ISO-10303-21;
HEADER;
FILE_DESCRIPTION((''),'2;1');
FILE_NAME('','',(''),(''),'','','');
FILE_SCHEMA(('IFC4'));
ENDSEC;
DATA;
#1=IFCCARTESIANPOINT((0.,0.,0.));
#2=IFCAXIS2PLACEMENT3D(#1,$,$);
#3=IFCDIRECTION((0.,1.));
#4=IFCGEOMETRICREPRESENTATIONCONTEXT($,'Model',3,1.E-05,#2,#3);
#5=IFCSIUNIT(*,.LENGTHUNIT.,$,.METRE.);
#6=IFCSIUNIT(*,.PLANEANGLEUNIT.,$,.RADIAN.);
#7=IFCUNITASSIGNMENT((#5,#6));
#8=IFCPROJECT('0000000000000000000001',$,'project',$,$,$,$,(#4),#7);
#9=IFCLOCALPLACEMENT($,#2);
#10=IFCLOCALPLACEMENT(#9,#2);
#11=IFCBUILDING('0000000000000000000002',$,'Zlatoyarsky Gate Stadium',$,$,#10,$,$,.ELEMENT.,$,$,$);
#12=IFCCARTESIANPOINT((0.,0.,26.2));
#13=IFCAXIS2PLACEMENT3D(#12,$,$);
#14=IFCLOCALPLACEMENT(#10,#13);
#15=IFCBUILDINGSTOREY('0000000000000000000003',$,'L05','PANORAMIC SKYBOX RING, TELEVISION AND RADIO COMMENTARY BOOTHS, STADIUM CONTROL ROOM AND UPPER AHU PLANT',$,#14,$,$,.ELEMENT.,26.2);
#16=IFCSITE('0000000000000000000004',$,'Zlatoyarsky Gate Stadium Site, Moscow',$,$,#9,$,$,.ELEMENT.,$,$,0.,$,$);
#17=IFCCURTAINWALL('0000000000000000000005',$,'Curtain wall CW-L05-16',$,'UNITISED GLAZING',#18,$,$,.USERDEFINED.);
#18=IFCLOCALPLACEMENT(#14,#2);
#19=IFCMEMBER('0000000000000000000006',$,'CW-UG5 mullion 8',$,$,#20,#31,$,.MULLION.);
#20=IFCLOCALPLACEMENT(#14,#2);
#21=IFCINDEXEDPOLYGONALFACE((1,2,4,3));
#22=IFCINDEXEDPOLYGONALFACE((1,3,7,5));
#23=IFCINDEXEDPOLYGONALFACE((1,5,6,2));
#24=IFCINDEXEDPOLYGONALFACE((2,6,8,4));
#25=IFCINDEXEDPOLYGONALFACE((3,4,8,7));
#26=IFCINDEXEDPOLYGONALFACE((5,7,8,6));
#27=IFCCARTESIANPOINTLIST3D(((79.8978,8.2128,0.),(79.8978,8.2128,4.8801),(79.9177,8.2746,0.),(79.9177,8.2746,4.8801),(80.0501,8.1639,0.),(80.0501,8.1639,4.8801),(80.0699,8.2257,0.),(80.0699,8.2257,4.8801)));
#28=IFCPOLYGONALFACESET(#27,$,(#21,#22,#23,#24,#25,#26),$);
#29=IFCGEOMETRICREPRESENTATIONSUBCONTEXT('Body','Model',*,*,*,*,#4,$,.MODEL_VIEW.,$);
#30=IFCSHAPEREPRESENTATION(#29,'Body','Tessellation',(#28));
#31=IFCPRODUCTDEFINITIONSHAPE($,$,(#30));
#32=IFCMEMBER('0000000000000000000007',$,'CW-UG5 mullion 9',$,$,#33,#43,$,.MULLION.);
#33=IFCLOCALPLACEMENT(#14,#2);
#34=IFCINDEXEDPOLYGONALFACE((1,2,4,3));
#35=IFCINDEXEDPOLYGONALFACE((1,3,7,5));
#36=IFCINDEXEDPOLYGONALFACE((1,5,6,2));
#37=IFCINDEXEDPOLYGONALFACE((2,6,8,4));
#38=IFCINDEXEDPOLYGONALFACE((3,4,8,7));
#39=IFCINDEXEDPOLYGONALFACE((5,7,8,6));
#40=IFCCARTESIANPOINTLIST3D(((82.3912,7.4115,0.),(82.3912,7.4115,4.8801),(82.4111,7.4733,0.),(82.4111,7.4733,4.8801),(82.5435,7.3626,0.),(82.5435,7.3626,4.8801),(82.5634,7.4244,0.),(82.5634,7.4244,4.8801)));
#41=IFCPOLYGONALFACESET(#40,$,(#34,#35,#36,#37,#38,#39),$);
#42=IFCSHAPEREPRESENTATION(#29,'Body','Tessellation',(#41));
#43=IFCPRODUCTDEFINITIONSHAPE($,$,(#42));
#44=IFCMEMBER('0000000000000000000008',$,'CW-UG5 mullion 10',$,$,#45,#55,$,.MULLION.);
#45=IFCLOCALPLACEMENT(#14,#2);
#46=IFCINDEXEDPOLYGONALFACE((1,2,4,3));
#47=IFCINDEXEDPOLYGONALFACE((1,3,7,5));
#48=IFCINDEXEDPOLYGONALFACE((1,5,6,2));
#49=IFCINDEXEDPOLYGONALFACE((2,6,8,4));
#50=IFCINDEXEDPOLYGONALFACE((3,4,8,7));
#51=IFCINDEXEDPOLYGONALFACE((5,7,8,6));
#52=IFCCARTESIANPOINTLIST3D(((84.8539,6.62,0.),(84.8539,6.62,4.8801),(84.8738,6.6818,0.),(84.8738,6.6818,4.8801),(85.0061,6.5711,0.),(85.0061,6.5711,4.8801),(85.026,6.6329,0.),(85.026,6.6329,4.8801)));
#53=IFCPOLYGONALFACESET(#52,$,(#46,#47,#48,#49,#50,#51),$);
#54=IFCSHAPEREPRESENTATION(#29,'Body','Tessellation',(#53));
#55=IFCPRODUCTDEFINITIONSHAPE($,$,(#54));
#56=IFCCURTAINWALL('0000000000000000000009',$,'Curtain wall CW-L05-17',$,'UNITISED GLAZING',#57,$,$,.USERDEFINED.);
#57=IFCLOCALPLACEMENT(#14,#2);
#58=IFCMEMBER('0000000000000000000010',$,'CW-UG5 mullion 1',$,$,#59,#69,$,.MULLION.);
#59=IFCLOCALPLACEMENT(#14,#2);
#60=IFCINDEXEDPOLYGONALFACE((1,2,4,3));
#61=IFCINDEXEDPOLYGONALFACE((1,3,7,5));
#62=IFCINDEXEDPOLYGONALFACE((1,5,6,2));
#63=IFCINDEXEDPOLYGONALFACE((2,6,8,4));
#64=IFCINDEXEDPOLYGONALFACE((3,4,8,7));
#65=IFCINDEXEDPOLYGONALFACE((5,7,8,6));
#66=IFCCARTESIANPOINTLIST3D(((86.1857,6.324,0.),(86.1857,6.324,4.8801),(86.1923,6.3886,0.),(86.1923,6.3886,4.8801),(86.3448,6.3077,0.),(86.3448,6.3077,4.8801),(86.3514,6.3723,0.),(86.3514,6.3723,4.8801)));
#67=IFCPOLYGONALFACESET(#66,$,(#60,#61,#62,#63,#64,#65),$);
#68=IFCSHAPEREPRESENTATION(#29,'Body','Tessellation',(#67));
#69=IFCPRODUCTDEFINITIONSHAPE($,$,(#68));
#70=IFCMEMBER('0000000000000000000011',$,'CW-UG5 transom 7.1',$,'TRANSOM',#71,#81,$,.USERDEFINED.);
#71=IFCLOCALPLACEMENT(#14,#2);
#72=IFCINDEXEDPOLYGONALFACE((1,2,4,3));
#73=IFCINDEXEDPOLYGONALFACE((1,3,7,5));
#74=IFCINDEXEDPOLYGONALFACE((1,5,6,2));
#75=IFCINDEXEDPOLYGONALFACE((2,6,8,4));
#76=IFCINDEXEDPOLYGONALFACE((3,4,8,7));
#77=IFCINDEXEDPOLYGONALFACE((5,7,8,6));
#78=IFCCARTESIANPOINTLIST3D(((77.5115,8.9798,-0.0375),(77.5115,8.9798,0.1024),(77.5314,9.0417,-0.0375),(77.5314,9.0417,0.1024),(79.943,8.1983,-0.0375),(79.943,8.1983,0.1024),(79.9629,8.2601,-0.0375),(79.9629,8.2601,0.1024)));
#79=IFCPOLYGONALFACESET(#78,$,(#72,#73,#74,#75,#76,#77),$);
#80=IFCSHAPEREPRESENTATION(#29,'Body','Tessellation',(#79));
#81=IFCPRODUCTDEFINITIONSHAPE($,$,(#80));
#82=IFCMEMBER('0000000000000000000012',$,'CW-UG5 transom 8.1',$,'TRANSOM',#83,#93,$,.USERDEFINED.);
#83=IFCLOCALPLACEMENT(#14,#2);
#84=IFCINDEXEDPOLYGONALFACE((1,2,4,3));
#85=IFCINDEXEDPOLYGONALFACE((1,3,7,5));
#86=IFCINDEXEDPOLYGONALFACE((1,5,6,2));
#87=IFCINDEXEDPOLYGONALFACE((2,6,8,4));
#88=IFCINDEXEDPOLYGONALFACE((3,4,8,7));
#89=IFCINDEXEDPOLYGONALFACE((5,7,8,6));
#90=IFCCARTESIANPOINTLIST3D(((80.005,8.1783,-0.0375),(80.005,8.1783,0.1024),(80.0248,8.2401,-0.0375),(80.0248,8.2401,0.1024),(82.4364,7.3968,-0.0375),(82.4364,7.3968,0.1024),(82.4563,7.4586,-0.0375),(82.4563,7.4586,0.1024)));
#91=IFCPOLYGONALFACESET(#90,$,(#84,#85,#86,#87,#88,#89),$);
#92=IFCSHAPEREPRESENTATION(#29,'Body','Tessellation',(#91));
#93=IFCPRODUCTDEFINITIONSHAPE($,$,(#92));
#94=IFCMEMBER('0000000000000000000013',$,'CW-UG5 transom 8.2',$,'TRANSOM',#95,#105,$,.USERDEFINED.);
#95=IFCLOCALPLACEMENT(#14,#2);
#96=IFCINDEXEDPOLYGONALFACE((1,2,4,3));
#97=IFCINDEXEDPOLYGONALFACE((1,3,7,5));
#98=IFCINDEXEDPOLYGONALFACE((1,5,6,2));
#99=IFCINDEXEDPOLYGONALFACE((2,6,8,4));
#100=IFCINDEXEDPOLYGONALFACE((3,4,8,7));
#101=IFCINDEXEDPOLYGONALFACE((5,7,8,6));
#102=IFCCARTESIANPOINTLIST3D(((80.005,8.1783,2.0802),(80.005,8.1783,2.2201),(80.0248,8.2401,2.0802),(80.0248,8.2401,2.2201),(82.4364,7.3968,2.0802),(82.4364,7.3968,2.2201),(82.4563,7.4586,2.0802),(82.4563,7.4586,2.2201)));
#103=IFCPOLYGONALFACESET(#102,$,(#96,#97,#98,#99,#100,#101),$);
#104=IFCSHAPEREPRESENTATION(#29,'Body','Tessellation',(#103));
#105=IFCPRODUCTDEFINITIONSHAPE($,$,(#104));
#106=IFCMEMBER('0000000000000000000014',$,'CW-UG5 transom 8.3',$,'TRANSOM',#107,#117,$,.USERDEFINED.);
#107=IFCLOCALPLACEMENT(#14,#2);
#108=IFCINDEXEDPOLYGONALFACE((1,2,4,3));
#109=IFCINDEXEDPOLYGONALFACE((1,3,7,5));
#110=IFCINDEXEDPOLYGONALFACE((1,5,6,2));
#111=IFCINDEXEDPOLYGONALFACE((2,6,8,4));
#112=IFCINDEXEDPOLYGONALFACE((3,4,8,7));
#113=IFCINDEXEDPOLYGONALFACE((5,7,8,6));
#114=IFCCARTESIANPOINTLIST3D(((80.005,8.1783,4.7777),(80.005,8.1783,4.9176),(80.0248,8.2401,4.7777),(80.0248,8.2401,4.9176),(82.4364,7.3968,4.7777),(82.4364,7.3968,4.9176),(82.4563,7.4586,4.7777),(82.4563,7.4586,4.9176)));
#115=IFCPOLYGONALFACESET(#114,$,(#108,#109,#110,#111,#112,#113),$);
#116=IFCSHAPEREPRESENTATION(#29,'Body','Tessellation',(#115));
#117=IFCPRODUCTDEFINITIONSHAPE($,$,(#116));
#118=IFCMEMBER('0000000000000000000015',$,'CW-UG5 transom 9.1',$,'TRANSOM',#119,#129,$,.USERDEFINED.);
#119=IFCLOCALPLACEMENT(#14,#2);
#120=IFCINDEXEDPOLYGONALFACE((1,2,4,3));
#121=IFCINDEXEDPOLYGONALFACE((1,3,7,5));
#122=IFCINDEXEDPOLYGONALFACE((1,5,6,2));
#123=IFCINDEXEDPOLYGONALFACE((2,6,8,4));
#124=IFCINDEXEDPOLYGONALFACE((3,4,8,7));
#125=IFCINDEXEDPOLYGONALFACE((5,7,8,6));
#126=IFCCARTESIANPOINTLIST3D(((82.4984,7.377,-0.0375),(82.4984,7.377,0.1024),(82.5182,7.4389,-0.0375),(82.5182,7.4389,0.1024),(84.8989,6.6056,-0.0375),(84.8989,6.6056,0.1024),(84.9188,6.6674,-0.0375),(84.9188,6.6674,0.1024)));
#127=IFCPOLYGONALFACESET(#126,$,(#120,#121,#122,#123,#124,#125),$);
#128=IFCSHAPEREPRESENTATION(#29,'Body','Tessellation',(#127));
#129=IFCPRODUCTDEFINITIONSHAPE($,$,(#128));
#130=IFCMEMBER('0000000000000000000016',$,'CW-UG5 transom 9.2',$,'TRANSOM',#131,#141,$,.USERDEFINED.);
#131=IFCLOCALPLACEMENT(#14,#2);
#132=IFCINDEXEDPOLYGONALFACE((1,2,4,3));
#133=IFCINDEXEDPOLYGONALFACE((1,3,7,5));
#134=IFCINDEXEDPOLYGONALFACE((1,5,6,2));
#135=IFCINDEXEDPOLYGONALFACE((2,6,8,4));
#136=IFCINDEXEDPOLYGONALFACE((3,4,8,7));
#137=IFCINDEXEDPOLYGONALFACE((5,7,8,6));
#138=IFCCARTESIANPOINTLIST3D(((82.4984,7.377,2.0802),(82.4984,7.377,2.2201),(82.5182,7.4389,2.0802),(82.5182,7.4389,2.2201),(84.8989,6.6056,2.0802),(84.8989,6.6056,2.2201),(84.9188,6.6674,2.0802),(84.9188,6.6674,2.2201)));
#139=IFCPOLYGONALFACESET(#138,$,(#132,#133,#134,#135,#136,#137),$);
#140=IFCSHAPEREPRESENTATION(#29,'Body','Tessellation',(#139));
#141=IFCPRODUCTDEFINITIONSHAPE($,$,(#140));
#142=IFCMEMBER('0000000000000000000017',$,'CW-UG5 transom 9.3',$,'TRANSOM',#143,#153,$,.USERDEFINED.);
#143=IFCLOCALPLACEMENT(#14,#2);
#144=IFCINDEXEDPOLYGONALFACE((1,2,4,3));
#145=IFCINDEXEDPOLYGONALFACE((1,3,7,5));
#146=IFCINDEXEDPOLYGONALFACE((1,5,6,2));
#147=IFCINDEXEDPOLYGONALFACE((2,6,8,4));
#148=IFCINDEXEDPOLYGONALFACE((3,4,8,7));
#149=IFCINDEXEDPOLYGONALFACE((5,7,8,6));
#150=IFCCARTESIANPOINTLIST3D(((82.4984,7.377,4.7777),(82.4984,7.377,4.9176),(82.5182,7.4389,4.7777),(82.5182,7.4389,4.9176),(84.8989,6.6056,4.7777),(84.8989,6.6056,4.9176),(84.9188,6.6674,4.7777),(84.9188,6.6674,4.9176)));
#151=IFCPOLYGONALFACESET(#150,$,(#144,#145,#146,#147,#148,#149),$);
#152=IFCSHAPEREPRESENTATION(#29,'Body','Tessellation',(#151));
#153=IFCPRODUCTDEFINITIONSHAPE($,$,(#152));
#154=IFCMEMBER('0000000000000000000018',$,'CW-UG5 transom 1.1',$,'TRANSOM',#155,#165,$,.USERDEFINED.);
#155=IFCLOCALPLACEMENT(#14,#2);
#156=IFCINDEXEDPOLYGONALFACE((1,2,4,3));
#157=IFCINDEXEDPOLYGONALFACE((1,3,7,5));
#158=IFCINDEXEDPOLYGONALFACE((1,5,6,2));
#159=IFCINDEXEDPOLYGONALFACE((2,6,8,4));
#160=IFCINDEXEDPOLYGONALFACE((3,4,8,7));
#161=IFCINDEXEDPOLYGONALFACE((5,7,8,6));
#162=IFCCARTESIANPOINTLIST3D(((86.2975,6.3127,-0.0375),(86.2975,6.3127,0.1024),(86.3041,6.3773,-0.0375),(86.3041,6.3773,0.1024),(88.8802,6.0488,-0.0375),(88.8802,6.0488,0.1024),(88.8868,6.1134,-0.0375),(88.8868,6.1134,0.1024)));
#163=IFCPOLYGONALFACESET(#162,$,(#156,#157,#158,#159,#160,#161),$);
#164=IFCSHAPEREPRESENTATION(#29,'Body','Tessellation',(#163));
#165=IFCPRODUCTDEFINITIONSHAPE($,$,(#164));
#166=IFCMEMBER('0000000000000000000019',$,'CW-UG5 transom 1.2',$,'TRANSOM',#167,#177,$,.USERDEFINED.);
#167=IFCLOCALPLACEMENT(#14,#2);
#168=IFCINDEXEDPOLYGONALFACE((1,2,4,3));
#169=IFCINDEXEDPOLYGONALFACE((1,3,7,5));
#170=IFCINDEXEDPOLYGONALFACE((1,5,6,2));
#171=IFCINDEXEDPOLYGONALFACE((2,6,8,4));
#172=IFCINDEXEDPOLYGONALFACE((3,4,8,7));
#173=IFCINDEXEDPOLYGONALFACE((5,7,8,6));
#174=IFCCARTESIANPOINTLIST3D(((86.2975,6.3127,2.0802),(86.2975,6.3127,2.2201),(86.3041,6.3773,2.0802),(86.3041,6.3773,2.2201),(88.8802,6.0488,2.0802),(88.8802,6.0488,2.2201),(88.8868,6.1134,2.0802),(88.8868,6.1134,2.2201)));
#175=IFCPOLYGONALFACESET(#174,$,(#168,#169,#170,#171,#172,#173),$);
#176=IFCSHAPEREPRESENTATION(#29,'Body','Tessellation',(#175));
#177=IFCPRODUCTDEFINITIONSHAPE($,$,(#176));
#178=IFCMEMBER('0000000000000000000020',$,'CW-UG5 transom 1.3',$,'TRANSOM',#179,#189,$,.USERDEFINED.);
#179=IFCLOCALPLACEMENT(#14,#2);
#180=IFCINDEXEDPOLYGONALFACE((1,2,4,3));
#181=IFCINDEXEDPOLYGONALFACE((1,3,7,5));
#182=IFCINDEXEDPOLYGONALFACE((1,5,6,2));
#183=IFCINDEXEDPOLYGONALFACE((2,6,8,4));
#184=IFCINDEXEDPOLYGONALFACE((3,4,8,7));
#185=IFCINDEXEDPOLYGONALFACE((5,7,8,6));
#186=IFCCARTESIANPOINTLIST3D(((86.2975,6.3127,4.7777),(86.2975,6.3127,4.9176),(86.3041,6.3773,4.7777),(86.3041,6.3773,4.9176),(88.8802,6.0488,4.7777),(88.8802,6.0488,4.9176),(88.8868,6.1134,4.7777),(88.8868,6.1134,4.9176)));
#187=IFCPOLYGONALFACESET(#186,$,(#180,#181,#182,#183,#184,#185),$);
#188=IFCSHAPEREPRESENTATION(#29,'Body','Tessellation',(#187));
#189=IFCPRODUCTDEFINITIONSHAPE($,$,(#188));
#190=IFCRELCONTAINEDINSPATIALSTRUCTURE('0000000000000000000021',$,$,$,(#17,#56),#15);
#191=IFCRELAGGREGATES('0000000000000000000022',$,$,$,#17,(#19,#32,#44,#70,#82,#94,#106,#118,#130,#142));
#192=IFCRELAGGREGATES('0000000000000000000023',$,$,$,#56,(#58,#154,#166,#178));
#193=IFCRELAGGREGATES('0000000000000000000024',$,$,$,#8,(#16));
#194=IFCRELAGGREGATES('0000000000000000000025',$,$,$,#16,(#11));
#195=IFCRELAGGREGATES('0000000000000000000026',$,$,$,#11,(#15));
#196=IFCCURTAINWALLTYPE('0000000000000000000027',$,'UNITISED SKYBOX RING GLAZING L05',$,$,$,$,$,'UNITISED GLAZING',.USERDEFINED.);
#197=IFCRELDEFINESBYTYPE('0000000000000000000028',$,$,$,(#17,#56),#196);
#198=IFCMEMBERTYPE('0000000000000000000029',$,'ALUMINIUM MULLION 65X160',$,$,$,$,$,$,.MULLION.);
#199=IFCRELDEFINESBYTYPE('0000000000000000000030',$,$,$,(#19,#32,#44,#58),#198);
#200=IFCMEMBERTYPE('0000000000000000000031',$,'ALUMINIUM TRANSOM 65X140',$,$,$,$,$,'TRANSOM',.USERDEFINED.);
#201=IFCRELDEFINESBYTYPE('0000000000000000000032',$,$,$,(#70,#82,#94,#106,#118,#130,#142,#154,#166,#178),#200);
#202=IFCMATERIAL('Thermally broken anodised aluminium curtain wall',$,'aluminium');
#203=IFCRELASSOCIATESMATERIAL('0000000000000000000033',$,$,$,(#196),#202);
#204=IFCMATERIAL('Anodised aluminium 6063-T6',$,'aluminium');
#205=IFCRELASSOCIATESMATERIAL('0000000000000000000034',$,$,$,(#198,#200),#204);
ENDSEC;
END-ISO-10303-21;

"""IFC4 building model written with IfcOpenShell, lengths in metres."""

from ifc_helpers import new_model, si_unit, direction, frame, origin, origin_2d, place, context, subcontext, project, spatial, rectangle, extrude, material, material_profile, profile_set, type_object, element, aggregate, save


model = new_model("IFC4")

# Units and contexts
model_context = context("Model", 3, precision=1e-05, world=origin(), true_north=direction((0.0, 1.0)))
body_context = subcontext(model_context, "Body", "Model", "MODEL_VIEW")
ifc_project = project(units=[si_unit("LENGTHUNIT", "METRE"), si_unit("PLANEANGLEUNIT", "RADIAN")], contexts=[model_context])

# Site, building, storey
site_placement = place(None, origin())
site = spatial("IfcSite", under=ifc_project, at=site_placement, Name="Zlatoyarsky Gate Stadium Site, Moscow", CompositionType="ELEMENT", RefElevation=0.0)
building_placement = place(site_placement, origin())
building = spatial("IfcBuilding", under=site, at=building_placement, Name="Zlatoyarsky Gate Stadium", CompositionType="ELEMENT")
storey_placement = place(building_placement, frame((0.0, 0.0, 26.2)))
storey = spatial("IfcBuildingStorey", under=building, at=storey_placement, Name="L05", Description="PANORAMIC SKYBOX RING, TELEVISION AND RADIO COMMENTARY BOOTHS, STADIUM CONTROL ROOM AND UPPER AHU PLANT", CompositionType="ELEMENT", Elevation=26.2)

# Curtain wall, members
ifc_material_1 = material(Name="Thermally broken anodised aluminium curtain wall", Category="aluminium")
curtain_wall_type = type_object("IfcCurtainWallType", Name="UNITISED SKYBOX RING GLAZING L05", ElementType="UNITISED GLAZING", PredefinedType="USERDEFINED", material=ifc_material_1)
curtain_wall_1_placement = place(storey_placement, origin())
curtain_wall_1 = element("IfcCurtainWall", 1, at=curtain_wall_1_placement, inside=storey, type_object=curtain_wall_type, Name="Curtain wall CW-L05-16", ObjectType="UNITISED GLAZING", PredefinedType="USERDEFINED")
ifc_material_2 = material(Name="Anodised aluminium 6063-T6", Category="aluminium")
ifc_material_profile_1 = material_profile(ifc_material_2, rectangle(XDim=0.0649, YDim=0.1599, at=origin_2d()), Name="ALU 65X160")
ifc_profile_set_1 = profile_set([ifc_material_profile_1], Name="Anodised aluminium 6063-T6")
member_type_1 = type_object("IfcMemberType", Name="ALUMINIUM MULLION 65X160", PredefinedType="MULLION", material=ifc_profile_set_1)
member_1_placement = place(storey_placement, frame((79.9839, 8.2192, 0.0), z_axis=(0.0, 0.0, 1.0), x_axis=(0.305978, 0.952039, 0.0)))
member_1 = element("IfcMember", 2, at=member_1_placement, type_object=member_type_1, Name="CW-UG5 mullion 8", PredefinedType="MULLION", context=body_context, shape_type="SweptSolid", body=[
    extrude(rectangle(XDim=0.0649, YDim=0.1599, at=origin_2d()), origin(), (0.0, 0.0, 1.0), 4.8801),
])
member_2_placement = place(storey_placement, frame((82.4773, 7.418, 0.0), z_axis=(0.0, 0.0, 1.0), x_axis=(0.305978, 0.952039, 0.0)))
member_2 = element("IfcMember", 3, at=member_2_placement, type_object=member_type_1, Name="CW-UG5 mullion 9", PredefinedType="MULLION", context=body_context, shape_type="SweptSolid", body=[
    extrude(rectangle(XDim=0.0649, YDim=0.1599, at=origin_2d()), origin(), (0.0, 0.0, 1.0), 4.8801),
])
member_3_placement = place(storey_placement, frame((84.9399, 6.6265, 0.0), z_axis=(0.0, 0.0, 1.0), x_axis=(0.305978, 0.952039, 0.0)))
member_3 = element("IfcMember", 4, at=member_3_placement, type_object=member_type_1, Name="CW-UG5 mullion 10", PredefinedType="MULLION", context=body_context, shape_type="SweptSolid", body=[
    extrude(rectangle(XDim=0.0649, YDim=0.1599, at=origin_2d()), origin(), (0.0, 0.0, 1.0), 4.8801),
])

# Curtain wall, member
curtain_wall_2_placement = place(storey_placement, origin())
curtain_wall_2 = element("IfcCurtainWall", 5, at=curtain_wall_2_placement, inside=storey, type_object=curtain_wall_type, Name="Curtain wall CW-L05-17", ObjectType="UNITISED GLAZING", PredefinedType="USERDEFINED")
member_4_placement = place(storey_placement, frame((86.2686, 6.3481, 0.0), z_axis=(0.0, 0.0, 1.0), x_axis=(0.101618, 0.994823, 0.0)))
member_4 = element("IfcMember", 6, at=member_4_placement, type_object=member_type_1, Name="CW-UG5 mullion 1", PredefinedType="MULLION", context=body_context, shape_type="SweptSolid", body=[
    extrude(rectangle(XDim=0.0649, YDim=0.1599, at=origin_2d()), origin(), (0.0, 0.0, 1.0), 4.8801),
])

# Members
ifc_material_profile_2 = material_profile(ifc_material_2, rectangle(XDim=0.0649, YDim=0.1399, at=origin_2d()), Name="ALU 65X140")
ifc_profile_set_2 = profile_set([ifc_material_profile_2], Name="Anodised aluminium 6063-T6")
member_type_2 = type_object("IfcMemberType", Name="ALUMINIUM TRANSOM 65X140", ElementType="TRANSOM", PredefinedType="USERDEFINED", material=ifc_profile_set_2)
member_5_placement = place(storey_placement, frame((77.5215, 9.0107, 0.0325), z_axis=(0.952032, -0.306, 0.0), x_axis=(0.306, 0.952032, 0.0)))
member_5 = element("IfcMember", 7, at=member_5_placement, type_object=member_type_2, Name="CW-UG5 transom 7.1", ObjectType="TRANSOM", PredefinedType="USERDEFINED", context=body_context, shape_type="SweptSolid", body=[
    extrude(rectangle(XDim=0.0649, YDim=0.1399, at=origin_2d()), origin(), (0.0, 0.0, 1.0), 2.554),
])
member_6_placement = place(storey_placement, frame((80.0149, 8.2092, 0.0325), z_axis=(0.952032, -0.306, 0.0), x_axis=(0.306, 0.952032, 0.0)))
member_6 = element("IfcMember", 8, at=member_6_placement, type_object=member_type_2, Name="CW-UG5 transom 8.1", ObjectType="TRANSOM", PredefinedType="USERDEFINED", context=body_context, shape_type="SweptSolid", body=[
    extrude(rectangle(XDim=0.0649, YDim=0.1399, at=origin_2d()), origin(), (0.0, 0.0, 1.0), 2.554),
])
member_7_placement = place(storey_placement, frame((80.0149, 8.2092, 2.1501), z_axis=(0.952032, -0.306, 0.0), x_axis=(0.306, 0.952032, 0.0)))
member_7 = element("IfcMember", 9, at=member_7_placement, type_object=member_type_2, Name="CW-UG5 transom 8.2", ObjectType="TRANSOM", PredefinedType="USERDEFINED", context=body_context, shape_type="SweptSolid", body=[
    extrude(rectangle(XDim=0.0649, YDim=0.1399, at=origin_2d()), origin(), (0.0, 0.0, 1.0), 2.554),
])
member_8_placement = place(storey_placement, frame((80.0149, 8.2092, 4.8477), z_axis=(0.952032, -0.306, 0.0), x_axis=(0.306, 0.952032, 0.0)))
member_8 = element("IfcMember", 10, at=member_8_placement, type_object=member_type_2, Name="CW-UG5 transom 8.3", ObjectType="TRANSOM", PredefinedType="USERDEFINED", context=body_context, shape_type="SweptSolid", body=[
    extrude(rectangle(XDim=0.0649, YDim=0.1399, at=origin_2d()), origin(), (0.0, 0.0, 1.0), 2.554),
])
member_9_placement = place(storey_placement, frame((82.5083, 7.408, 0.0325), z_axis=(0.952046, -0.305956, 0.0), x_axis=(0.305956, 0.952046, 0.0)))
member_9 = element("IfcMember", 11, at=member_9_placement, type_object=member_type_2, Name="CW-UG5 transom 9.1", ObjectType="TRANSOM", PredefinedType="USERDEFINED", context=body_context, shape_type="SweptSolid", body=[
    extrude(rectangle(XDim=0.0649, YDim=0.1399, at=origin_2d()), origin(), (0.0, 0.0, 1.0), 2.5215),
])
member_10_placement = place(storey_placement, frame((82.5083, 7.408, 2.1501), z_axis=(0.952046, -0.305956, 0.0), x_axis=(0.305956, 0.952046, 0.0)))
member_10 = element("IfcMember", 12, at=member_10_placement, type_object=member_type_2, Name="CW-UG5 transom 9.2", ObjectType="TRANSOM", PredefinedType="USERDEFINED", context=body_context, shape_type="SweptSolid", body=[
    extrude(rectangle(XDim=0.0649, YDim=0.1399, at=origin_2d()), origin(), (0.0, 0.0, 1.0), 2.5215),
])
member_11_placement = place(storey_placement, frame((82.5083, 7.408, 4.8477), z_axis=(0.952046, -0.305956, 0.0), x_axis=(0.305956, 0.952046, 0.0)))
member_11 = element("IfcMember", 13, at=member_11_placement, type_object=member_type_2, Name="CW-UG5 transom 9.3", ObjectType="TRANSOM", PredefinedType="USERDEFINED", context=body_context, shape_type="SweptSolid", body=[
    extrude(rectangle(XDim=0.0649, YDim=0.1399, at=origin_2d()), origin(), (0.0, 0.0, 1.0), 2.5215),
])
member_12_placement = place(storey_placement, frame((86.3008, 6.345, 0.0325), z_axis=(0.99482, -0.101654, 0.0), x_axis=(0.101654, 0.99482, 0.0)))
member_12 = element("IfcMember", 14, at=member_12_placement, type_object=member_type_2, Name="CW-UG5 transom 1.1", ObjectType="TRANSOM", PredefinedType="USERDEFINED", context=body_context, shape_type="SweptSolid", body=[
    extrude(rectangle(XDim=0.0649, YDim=0.1399, at=origin_2d()), origin(), (0.0, 0.0, 1.0), 2.5962),
])
member_13_placement = place(storey_placement, frame((86.3008, 6.345, 2.1501), z_axis=(0.99482, -0.101654, 0.0), x_axis=(0.101654, 0.99482, 0.0)))
member_13 = element("IfcMember", 15, at=member_13_placement, type_object=member_type_2, Name="CW-UG5 transom 1.2", ObjectType="TRANSOM", PredefinedType="USERDEFINED", context=body_context, shape_type="SweptSolid", body=[
    extrude(rectangle(XDim=0.0649, YDim=0.1399, at=origin_2d()), origin(), (0.0, 0.0, 1.0), 2.5962),
])
member_14_placement = place(storey_placement, frame((86.3008, 6.345, 4.8477), z_axis=(0.99482, -0.101654, 0.0), x_axis=(0.101654, 0.99482, 0.0)))
member_14 = element("IfcMember", 16, at=member_14_placement, type_object=member_type_2, Name="CW-UG5 transom 1.3", ObjectType="TRANSOM", PredefinedType="USERDEFINED", context=body_context, shape_type="SweptSolid", body=[
    extrude(rectangle(XDim=0.0649, YDim=0.1399, at=origin_2d()), origin(), (0.0, 0.0, 1.0), 2.5962),
])

aggregate(curtain_wall_1, [member_1, member_2, member_3, member_5, member_6, member_7, member_8, member_9, member_10, member_11])
aggregate(curtain_wall_2, [member_4, member_12, member_13, member_14])

save(model, "model.ifc")
